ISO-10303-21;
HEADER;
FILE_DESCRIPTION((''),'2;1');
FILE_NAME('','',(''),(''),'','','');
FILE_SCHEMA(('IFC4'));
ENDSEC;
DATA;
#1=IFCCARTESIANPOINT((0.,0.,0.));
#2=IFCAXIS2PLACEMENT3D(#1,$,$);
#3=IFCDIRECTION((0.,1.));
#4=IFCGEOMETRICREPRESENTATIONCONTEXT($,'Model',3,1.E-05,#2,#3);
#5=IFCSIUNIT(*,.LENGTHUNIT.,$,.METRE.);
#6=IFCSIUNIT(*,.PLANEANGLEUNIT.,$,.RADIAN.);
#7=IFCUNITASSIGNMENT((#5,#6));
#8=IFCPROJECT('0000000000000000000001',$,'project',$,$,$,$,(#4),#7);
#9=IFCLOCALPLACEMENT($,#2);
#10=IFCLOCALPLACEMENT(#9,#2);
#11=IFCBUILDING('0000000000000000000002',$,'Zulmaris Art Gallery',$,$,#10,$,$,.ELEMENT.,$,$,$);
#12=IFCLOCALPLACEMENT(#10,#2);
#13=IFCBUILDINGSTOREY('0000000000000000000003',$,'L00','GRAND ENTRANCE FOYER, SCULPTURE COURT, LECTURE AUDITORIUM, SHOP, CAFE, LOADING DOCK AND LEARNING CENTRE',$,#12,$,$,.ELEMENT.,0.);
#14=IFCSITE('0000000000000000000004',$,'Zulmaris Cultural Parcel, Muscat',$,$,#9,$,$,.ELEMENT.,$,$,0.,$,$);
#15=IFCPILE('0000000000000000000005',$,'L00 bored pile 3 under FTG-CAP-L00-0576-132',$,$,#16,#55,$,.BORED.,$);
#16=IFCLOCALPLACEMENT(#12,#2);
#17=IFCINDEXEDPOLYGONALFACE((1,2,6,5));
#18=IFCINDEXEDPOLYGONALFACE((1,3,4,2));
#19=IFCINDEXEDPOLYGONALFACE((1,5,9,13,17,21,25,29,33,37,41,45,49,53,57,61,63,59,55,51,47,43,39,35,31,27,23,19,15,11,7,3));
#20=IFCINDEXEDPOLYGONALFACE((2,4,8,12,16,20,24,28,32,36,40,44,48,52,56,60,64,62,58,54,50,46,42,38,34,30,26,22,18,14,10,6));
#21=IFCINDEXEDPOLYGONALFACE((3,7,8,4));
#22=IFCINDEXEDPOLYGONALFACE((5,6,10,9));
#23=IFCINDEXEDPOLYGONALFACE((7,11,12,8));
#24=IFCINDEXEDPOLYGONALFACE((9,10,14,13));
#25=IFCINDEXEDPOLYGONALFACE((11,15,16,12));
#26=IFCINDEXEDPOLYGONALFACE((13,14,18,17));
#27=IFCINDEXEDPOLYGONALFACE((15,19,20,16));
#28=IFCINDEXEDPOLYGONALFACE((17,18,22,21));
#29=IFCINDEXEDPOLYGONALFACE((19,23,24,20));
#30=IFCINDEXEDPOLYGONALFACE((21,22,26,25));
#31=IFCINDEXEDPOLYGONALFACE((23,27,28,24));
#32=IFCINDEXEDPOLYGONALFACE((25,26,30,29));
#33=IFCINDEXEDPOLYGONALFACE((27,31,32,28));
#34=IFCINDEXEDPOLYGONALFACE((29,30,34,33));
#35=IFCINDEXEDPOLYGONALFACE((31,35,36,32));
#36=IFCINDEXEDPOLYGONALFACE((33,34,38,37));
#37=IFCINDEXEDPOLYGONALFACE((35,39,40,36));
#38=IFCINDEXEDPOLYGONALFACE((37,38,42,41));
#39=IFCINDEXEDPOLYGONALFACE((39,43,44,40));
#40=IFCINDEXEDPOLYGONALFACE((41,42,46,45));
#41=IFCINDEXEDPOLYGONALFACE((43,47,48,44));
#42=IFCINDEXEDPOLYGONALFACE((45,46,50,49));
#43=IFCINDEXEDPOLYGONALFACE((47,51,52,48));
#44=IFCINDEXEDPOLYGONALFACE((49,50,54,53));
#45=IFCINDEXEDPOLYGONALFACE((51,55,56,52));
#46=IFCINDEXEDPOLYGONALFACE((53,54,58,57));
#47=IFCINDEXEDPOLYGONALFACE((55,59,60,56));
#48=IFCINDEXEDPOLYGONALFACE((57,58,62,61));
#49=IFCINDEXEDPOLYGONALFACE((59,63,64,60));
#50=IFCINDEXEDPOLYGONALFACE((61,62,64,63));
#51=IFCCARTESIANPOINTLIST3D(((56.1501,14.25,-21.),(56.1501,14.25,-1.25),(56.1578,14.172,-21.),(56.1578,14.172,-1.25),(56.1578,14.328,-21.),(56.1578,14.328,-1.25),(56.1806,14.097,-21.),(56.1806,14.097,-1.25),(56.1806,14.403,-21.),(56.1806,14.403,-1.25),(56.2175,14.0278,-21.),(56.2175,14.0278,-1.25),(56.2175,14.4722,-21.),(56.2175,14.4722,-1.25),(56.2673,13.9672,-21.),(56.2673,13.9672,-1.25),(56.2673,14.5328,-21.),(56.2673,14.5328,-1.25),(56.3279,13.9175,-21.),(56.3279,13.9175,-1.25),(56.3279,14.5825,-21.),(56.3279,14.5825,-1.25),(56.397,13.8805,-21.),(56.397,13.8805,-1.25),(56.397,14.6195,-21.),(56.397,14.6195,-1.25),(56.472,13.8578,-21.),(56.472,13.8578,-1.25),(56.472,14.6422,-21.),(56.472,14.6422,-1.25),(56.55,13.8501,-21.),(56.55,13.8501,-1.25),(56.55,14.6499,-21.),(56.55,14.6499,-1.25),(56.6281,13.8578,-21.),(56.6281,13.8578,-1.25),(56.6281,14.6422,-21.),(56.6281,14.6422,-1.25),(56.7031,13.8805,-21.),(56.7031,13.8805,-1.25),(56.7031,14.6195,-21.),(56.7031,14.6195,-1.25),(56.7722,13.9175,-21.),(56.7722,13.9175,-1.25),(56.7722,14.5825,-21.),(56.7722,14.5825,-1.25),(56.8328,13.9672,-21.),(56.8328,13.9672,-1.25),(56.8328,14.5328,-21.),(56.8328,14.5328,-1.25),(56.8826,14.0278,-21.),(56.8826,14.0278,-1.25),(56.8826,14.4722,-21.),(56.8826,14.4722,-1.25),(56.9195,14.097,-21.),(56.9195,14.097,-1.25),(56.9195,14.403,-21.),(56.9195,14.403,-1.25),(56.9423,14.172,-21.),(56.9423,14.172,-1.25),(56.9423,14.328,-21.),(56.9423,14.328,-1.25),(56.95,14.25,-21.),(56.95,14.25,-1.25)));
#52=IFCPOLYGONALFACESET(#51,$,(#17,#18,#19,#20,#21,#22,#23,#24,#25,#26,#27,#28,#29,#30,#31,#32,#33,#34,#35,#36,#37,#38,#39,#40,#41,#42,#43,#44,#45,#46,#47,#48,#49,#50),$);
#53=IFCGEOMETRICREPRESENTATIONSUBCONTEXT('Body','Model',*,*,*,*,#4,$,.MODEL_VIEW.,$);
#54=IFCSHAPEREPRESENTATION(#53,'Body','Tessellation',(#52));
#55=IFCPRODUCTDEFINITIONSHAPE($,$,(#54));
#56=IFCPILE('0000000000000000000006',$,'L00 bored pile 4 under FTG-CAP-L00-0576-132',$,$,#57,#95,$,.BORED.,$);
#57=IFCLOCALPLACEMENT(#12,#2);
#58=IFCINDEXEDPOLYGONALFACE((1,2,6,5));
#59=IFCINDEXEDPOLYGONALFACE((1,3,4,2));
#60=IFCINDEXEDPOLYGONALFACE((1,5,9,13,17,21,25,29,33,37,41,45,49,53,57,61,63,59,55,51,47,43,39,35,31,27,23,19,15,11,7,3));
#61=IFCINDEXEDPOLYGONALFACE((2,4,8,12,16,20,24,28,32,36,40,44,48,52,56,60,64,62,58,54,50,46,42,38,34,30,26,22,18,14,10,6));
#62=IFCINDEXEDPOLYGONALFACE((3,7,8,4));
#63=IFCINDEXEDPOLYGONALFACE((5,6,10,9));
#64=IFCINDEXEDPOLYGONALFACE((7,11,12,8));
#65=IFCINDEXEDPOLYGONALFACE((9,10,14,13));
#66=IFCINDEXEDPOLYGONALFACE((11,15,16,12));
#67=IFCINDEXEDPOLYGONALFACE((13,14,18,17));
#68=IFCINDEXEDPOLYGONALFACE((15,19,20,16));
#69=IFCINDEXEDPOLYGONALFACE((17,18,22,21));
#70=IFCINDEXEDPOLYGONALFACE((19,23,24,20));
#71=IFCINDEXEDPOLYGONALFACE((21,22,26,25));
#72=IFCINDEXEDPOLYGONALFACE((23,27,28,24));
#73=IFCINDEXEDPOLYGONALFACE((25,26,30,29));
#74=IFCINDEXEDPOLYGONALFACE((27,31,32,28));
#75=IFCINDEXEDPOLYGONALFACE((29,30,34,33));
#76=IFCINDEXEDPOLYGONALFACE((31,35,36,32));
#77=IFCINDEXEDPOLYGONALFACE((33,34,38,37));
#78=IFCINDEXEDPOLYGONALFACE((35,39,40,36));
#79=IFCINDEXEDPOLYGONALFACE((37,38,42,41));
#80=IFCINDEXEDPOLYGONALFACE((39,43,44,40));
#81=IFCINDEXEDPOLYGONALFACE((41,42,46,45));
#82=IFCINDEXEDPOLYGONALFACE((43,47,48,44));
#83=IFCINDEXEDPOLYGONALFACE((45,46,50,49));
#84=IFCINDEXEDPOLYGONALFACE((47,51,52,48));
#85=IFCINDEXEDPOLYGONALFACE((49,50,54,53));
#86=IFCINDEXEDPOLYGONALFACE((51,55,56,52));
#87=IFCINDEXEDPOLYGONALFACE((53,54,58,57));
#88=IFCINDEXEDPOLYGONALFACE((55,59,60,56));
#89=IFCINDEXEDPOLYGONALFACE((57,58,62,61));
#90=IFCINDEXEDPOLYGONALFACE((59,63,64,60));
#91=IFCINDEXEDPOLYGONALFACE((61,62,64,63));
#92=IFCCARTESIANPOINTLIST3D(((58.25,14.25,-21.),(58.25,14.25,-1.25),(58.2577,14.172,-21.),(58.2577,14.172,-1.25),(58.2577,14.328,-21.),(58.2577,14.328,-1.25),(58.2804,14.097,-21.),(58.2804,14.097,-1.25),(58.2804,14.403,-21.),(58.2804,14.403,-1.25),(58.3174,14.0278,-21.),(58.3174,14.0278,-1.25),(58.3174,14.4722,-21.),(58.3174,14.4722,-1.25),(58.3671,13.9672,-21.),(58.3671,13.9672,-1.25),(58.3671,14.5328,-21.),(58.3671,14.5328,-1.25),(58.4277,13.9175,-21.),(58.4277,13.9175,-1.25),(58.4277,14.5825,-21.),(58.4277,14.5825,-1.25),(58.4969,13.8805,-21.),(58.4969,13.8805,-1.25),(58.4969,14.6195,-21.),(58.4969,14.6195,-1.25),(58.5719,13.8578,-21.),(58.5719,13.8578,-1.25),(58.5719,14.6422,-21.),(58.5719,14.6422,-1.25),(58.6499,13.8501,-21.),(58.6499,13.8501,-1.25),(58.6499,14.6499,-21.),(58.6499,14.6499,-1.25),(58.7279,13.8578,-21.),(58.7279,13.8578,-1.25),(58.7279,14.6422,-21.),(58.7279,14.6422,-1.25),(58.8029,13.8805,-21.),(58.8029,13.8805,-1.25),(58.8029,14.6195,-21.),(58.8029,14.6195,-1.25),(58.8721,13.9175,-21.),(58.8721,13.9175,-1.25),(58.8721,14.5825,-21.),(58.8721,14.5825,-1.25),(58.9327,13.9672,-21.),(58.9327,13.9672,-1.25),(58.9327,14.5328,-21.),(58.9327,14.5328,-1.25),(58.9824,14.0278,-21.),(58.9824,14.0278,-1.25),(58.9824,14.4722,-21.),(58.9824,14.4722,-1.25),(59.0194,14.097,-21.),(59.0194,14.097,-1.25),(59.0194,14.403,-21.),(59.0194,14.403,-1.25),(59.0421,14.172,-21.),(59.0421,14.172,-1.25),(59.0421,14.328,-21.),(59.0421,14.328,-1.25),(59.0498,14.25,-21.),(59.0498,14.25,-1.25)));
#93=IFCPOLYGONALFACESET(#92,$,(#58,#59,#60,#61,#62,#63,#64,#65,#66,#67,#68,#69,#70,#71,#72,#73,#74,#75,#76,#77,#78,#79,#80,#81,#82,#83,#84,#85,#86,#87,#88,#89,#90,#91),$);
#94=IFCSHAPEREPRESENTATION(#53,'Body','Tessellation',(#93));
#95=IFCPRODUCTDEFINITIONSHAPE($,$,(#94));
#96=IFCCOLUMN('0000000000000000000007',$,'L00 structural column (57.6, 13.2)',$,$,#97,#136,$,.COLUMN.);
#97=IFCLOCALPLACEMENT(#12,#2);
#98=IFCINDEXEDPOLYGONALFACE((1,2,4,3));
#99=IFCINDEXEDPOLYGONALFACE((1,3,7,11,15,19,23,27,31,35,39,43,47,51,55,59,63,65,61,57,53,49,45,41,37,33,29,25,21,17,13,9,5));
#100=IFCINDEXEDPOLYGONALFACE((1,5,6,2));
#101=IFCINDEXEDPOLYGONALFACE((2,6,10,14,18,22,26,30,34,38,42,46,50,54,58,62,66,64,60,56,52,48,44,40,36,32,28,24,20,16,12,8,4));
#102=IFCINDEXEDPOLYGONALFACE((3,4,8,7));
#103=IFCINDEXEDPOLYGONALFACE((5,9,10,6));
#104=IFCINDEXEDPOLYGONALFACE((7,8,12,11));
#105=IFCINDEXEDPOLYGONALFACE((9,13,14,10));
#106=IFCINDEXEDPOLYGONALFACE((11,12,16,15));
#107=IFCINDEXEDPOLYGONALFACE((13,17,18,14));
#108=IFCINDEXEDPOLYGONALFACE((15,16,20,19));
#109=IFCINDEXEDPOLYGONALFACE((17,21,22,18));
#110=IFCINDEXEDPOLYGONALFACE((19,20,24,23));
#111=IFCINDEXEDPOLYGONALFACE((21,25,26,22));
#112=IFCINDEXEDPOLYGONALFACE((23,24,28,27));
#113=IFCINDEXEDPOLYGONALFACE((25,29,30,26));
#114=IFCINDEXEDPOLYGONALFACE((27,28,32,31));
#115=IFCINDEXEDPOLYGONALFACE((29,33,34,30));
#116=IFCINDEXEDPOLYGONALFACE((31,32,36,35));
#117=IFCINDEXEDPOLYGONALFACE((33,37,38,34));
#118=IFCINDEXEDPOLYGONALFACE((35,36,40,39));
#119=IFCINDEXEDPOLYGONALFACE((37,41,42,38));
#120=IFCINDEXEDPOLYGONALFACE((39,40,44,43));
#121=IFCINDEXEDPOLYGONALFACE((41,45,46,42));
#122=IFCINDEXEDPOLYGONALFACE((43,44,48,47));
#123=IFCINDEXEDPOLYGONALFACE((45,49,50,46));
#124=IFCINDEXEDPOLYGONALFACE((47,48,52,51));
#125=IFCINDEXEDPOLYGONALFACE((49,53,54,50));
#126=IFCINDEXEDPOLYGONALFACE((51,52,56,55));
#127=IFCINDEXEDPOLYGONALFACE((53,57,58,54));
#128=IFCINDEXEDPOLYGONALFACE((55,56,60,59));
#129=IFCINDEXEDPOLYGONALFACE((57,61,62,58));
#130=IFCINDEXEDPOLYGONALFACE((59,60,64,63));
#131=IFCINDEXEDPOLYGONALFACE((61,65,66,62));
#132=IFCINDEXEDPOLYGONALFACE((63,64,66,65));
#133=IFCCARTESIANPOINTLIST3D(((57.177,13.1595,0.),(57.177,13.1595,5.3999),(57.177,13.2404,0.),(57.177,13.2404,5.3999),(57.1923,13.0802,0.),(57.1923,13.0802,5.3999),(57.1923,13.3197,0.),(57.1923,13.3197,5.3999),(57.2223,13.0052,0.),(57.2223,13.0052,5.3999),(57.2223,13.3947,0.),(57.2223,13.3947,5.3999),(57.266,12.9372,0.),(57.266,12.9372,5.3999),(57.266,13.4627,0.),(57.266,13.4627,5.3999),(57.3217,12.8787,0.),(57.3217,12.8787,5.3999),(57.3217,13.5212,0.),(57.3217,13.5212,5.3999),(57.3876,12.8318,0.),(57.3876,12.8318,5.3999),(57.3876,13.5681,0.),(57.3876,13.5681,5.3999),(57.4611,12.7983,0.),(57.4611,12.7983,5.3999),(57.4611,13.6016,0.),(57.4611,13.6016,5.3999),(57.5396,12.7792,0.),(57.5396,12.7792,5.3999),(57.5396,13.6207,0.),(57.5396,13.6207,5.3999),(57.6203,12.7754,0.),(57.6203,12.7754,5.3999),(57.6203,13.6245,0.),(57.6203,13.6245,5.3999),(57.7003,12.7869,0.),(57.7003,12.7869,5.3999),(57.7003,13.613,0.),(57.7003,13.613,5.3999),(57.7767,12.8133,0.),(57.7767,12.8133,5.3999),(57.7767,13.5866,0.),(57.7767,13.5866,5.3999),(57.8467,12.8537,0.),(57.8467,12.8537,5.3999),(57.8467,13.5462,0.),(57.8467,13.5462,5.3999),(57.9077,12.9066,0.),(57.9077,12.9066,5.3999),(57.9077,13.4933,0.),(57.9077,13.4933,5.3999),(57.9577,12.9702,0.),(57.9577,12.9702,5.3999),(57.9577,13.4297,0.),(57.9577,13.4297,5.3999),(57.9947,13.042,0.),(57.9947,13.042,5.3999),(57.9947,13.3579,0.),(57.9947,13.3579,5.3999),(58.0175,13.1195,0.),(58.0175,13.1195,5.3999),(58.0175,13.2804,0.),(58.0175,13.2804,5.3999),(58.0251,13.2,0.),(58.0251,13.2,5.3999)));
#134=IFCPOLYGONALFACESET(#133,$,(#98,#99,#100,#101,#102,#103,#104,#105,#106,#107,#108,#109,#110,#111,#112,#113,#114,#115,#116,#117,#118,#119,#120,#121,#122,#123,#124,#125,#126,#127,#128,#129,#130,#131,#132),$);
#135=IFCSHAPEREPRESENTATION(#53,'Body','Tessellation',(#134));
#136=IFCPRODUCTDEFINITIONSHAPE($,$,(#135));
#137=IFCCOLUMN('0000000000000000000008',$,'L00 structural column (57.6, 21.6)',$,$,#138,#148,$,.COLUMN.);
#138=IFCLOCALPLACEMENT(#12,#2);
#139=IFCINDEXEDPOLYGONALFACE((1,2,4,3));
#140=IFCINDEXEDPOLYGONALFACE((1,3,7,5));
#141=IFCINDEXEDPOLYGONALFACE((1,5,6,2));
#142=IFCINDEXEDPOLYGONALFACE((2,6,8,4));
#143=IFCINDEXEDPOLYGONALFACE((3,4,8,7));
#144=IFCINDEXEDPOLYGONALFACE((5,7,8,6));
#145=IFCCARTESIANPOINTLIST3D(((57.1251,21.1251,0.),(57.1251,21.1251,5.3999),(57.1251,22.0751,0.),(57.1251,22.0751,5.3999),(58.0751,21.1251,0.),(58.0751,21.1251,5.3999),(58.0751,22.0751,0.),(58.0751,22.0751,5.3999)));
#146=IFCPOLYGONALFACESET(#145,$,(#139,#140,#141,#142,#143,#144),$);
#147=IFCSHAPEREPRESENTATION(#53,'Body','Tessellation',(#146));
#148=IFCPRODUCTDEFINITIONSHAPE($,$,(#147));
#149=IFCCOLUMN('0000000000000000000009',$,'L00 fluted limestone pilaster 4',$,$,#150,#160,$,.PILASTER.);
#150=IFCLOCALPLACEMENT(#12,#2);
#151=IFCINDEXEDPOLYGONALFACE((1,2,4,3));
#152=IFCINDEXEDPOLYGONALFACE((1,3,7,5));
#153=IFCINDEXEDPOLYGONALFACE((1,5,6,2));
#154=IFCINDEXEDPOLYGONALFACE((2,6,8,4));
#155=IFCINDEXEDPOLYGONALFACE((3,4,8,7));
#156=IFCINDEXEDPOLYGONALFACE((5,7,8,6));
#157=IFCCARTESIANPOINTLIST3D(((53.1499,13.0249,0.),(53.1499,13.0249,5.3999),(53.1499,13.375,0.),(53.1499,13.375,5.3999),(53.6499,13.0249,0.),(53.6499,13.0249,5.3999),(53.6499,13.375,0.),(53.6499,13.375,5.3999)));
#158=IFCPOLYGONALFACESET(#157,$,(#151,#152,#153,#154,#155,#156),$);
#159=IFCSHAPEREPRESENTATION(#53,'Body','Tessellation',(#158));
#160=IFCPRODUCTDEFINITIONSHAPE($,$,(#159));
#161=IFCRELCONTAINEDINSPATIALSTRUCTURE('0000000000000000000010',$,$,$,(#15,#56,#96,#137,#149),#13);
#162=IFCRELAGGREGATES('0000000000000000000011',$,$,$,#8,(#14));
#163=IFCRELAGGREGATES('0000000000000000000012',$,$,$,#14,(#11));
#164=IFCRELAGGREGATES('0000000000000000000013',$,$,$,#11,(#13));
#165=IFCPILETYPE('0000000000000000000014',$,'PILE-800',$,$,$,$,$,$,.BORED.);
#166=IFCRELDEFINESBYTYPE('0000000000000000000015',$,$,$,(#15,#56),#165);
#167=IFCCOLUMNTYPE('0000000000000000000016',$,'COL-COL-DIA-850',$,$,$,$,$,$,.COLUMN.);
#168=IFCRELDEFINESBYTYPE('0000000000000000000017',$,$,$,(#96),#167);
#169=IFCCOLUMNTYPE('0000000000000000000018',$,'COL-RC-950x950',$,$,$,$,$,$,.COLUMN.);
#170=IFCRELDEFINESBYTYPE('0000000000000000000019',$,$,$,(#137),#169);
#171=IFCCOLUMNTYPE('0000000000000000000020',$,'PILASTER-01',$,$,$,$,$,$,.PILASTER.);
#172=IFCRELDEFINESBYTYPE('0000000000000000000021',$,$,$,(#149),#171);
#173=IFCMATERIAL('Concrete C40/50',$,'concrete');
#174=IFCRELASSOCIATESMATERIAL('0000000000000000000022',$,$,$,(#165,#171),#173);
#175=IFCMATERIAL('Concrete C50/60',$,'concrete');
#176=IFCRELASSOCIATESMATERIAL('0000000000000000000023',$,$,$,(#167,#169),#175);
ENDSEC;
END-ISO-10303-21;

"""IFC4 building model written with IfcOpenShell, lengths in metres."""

from ifc_helpers import new_model, si_unit, direction, frame, origin, origin_2d, place, context, subcontext, project, spatial, rectangle, circle, extrude, material, material_profile, profile_set, type_object, element, save


model = new_model("IFC4")

# Units and contexts
model_context = context("Model", 3, precision=1e-05, world=origin(), true_north=direction((0.0, 1.0)))
body_context = subcontext(model_context, "Body", "Model", "MODEL_VIEW")
ifc_project = project(units=[si_unit("LENGTHUNIT", "METRE"), si_unit("PLANEANGLEUNIT", "RADIAN")], contexts=[model_context])

# Site, building, storey
site_placement = place(None, origin())
site = spatial("IfcSite", under=ifc_project, at=site_placement, Name="Zulmaris Cultural Parcel, Muscat", CompositionType="ELEMENT", RefElevation=0.0)
building_placement = place(site_placement, origin())
building = spatial("IfcBuilding", under=site, at=building_placement, Name="Zulmaris Art Gallery", CompositionType="ELEMENT")
storey_placement = place(building_placement, origin())
storey = spatial("IfcBuildingStorey", under=building, at=storey_placement, Name="L00", Description="GRAND ENTRANCE FOYER, SCULPTURE COURT, LECTURE AUDITORIUM, SHOP, CAFE, LOADING DOCK AND LEARNING CENTRE", CompositionType="ELEMENT", Elevation=0.0)

# Piles
ifc_material_1 = material(Name="Concrete C40/50", Category="concrete")
ifc_material_profile_1 = material_profile(ifc_material_1, circle(Radius=0.3999, at=origin_2d()), Name="PILE DIA 800")
ifc_profile_set_1 = profile_set([ifc_material_profile_1], Name="Concrete C40/50")
pile_type_1 = type_object("IfcPileType", Name="PILE-800", PredefinedType="BORED", material=ifc_profile_set_1)
for number, where, z_axis, x_axis, name in (
    (1, (56.55, 14.25, -1.25), (0.0, 0.0, -1.0), (1.0, 0.0, 0.0), "L00 bored pile 3 under FTG-CAP-L00-0576-132"),
    (2, (58.6499, 14.25, -1.25), (0.0, 0.0, -1.0), (1.0, 0.0, 0.0), "L00 bored pile 4 under FTG-CAP-L00-0576-132"),
):
    element("IfcPile", number, at=place(storey_placement, frame(where, z_axis=z_axis, x_axis=x_axis)), inside=storey, type_object=pile_type_1, Name=name, PredefinedType="BORED", context=body_context, shape_type="SweptSolid", body=[
        extrude(circle(Radius=0.3999, at=origin_2d()), origin(), (0.0, 0.0, 1.0), 19.75),
    ])

# Columns
ifc_material_2 = material(Name="Concrete C50/60", Category="concrete")
ifc_material_profile_2 = material_profile(ifc_material_2, circle(Radius=0.425, at=origin_2d()), Name="COL DIA 850")
ifc_profile_set_2 = profile_set([ifc_material_profile_2], Name="Concrete C50/60")
column_type_1 = type_object("IfcColumnType", Name="COL-COL-DIA-850", PredefinedType="COLUMN", material=ifc_profile_set_2)
column_1_placement = place(storey_placement, frame((57.6001, 13.2, 0.0), z_axis=(0.0, 0.0, 1.0), x_axis=(1.0, 0.0, 0.0)))
element("IfcColumn", 3, at=column_1_placement, inside=storey, type_object=column_type_1, Name="L00 structural column (57.6, 13.2)", PredefinedType="COLUMN", context=body_context, shape_type="SweptSolid", body=[
    extrude(circle(Radius=0.425, at=origin_2d()), origin(), (0.0, 0.0, 1.0), 5.3999),
])
ifc_material_profile_3 = material_profile(ifc_material_2, rectangle(XDim=0.95, YDim=0.95, at=origin_2d()), Name="RC 950x950")
ifc_profile_set_3 = profile_set([ifc_material_profile_3], Name="Concrete C50/60")
column_type_2 = type_object("IfcColumnType", Name="COL-RC-950x950", PredefinedType="COLUMN", material=ifc_profile_set_3)
column_2_placement = place(storey_placement, frame((57.6001, 21.6001, 0.0), z_axis=(0.0, 0.0, 1.0), x_axis=(1.0, 0.0, 0.0)))
element("IfcColumn", 4, at=column_2_placement, inside=storey, type_object=column_type_2, Name="L00 structural column (57.6, 21.6)", PredefinedType="COLUMN", context=body_context, shape_type="SweptSolid", body=[
    extrude(rectangle(XDim=0.95, YDim=0.95, at=origin_2d()), origin(), (0.0, 0.0, 1.0), 5.3999),
])
ifc_material_profile_4 = material_profile(ifc_material_1, rectangle(XDim=0.5, YDim=0.3501, at=origin_2d()), Name="PIL 500x350")
ifc_profile_set_4 = profile_set([ifc_material_profile_4], Name="Concrete C40/50")
column_type_3 = type_object("IfcColumnType", Name="PILASTER-01", PredefinedType="PILASTER", material=ifc_profile_set_4)
column_3_placement = place(storey_placement, frame((53.3999, 13.2, 0.0), z_axis=(0.0, 0.0, 1.0), x_axis=(1.0, 0.0, 0.0)))
element("IfcColumn", 5, at=column_3_placement, inside=storey, type_object=column_type_3, Name="L00 fluted limestone pilaster 4", PredefinedType="PILASTER", context=body_context, shape_type="SweptSolid", body=[
    extrude(rectangle(XDim=0.5, YDim=0.3501, at=origin_2d()), origin(), (0.0, 0.0, 1.0), 5.3999),
])

save(model, "model.ifc")
